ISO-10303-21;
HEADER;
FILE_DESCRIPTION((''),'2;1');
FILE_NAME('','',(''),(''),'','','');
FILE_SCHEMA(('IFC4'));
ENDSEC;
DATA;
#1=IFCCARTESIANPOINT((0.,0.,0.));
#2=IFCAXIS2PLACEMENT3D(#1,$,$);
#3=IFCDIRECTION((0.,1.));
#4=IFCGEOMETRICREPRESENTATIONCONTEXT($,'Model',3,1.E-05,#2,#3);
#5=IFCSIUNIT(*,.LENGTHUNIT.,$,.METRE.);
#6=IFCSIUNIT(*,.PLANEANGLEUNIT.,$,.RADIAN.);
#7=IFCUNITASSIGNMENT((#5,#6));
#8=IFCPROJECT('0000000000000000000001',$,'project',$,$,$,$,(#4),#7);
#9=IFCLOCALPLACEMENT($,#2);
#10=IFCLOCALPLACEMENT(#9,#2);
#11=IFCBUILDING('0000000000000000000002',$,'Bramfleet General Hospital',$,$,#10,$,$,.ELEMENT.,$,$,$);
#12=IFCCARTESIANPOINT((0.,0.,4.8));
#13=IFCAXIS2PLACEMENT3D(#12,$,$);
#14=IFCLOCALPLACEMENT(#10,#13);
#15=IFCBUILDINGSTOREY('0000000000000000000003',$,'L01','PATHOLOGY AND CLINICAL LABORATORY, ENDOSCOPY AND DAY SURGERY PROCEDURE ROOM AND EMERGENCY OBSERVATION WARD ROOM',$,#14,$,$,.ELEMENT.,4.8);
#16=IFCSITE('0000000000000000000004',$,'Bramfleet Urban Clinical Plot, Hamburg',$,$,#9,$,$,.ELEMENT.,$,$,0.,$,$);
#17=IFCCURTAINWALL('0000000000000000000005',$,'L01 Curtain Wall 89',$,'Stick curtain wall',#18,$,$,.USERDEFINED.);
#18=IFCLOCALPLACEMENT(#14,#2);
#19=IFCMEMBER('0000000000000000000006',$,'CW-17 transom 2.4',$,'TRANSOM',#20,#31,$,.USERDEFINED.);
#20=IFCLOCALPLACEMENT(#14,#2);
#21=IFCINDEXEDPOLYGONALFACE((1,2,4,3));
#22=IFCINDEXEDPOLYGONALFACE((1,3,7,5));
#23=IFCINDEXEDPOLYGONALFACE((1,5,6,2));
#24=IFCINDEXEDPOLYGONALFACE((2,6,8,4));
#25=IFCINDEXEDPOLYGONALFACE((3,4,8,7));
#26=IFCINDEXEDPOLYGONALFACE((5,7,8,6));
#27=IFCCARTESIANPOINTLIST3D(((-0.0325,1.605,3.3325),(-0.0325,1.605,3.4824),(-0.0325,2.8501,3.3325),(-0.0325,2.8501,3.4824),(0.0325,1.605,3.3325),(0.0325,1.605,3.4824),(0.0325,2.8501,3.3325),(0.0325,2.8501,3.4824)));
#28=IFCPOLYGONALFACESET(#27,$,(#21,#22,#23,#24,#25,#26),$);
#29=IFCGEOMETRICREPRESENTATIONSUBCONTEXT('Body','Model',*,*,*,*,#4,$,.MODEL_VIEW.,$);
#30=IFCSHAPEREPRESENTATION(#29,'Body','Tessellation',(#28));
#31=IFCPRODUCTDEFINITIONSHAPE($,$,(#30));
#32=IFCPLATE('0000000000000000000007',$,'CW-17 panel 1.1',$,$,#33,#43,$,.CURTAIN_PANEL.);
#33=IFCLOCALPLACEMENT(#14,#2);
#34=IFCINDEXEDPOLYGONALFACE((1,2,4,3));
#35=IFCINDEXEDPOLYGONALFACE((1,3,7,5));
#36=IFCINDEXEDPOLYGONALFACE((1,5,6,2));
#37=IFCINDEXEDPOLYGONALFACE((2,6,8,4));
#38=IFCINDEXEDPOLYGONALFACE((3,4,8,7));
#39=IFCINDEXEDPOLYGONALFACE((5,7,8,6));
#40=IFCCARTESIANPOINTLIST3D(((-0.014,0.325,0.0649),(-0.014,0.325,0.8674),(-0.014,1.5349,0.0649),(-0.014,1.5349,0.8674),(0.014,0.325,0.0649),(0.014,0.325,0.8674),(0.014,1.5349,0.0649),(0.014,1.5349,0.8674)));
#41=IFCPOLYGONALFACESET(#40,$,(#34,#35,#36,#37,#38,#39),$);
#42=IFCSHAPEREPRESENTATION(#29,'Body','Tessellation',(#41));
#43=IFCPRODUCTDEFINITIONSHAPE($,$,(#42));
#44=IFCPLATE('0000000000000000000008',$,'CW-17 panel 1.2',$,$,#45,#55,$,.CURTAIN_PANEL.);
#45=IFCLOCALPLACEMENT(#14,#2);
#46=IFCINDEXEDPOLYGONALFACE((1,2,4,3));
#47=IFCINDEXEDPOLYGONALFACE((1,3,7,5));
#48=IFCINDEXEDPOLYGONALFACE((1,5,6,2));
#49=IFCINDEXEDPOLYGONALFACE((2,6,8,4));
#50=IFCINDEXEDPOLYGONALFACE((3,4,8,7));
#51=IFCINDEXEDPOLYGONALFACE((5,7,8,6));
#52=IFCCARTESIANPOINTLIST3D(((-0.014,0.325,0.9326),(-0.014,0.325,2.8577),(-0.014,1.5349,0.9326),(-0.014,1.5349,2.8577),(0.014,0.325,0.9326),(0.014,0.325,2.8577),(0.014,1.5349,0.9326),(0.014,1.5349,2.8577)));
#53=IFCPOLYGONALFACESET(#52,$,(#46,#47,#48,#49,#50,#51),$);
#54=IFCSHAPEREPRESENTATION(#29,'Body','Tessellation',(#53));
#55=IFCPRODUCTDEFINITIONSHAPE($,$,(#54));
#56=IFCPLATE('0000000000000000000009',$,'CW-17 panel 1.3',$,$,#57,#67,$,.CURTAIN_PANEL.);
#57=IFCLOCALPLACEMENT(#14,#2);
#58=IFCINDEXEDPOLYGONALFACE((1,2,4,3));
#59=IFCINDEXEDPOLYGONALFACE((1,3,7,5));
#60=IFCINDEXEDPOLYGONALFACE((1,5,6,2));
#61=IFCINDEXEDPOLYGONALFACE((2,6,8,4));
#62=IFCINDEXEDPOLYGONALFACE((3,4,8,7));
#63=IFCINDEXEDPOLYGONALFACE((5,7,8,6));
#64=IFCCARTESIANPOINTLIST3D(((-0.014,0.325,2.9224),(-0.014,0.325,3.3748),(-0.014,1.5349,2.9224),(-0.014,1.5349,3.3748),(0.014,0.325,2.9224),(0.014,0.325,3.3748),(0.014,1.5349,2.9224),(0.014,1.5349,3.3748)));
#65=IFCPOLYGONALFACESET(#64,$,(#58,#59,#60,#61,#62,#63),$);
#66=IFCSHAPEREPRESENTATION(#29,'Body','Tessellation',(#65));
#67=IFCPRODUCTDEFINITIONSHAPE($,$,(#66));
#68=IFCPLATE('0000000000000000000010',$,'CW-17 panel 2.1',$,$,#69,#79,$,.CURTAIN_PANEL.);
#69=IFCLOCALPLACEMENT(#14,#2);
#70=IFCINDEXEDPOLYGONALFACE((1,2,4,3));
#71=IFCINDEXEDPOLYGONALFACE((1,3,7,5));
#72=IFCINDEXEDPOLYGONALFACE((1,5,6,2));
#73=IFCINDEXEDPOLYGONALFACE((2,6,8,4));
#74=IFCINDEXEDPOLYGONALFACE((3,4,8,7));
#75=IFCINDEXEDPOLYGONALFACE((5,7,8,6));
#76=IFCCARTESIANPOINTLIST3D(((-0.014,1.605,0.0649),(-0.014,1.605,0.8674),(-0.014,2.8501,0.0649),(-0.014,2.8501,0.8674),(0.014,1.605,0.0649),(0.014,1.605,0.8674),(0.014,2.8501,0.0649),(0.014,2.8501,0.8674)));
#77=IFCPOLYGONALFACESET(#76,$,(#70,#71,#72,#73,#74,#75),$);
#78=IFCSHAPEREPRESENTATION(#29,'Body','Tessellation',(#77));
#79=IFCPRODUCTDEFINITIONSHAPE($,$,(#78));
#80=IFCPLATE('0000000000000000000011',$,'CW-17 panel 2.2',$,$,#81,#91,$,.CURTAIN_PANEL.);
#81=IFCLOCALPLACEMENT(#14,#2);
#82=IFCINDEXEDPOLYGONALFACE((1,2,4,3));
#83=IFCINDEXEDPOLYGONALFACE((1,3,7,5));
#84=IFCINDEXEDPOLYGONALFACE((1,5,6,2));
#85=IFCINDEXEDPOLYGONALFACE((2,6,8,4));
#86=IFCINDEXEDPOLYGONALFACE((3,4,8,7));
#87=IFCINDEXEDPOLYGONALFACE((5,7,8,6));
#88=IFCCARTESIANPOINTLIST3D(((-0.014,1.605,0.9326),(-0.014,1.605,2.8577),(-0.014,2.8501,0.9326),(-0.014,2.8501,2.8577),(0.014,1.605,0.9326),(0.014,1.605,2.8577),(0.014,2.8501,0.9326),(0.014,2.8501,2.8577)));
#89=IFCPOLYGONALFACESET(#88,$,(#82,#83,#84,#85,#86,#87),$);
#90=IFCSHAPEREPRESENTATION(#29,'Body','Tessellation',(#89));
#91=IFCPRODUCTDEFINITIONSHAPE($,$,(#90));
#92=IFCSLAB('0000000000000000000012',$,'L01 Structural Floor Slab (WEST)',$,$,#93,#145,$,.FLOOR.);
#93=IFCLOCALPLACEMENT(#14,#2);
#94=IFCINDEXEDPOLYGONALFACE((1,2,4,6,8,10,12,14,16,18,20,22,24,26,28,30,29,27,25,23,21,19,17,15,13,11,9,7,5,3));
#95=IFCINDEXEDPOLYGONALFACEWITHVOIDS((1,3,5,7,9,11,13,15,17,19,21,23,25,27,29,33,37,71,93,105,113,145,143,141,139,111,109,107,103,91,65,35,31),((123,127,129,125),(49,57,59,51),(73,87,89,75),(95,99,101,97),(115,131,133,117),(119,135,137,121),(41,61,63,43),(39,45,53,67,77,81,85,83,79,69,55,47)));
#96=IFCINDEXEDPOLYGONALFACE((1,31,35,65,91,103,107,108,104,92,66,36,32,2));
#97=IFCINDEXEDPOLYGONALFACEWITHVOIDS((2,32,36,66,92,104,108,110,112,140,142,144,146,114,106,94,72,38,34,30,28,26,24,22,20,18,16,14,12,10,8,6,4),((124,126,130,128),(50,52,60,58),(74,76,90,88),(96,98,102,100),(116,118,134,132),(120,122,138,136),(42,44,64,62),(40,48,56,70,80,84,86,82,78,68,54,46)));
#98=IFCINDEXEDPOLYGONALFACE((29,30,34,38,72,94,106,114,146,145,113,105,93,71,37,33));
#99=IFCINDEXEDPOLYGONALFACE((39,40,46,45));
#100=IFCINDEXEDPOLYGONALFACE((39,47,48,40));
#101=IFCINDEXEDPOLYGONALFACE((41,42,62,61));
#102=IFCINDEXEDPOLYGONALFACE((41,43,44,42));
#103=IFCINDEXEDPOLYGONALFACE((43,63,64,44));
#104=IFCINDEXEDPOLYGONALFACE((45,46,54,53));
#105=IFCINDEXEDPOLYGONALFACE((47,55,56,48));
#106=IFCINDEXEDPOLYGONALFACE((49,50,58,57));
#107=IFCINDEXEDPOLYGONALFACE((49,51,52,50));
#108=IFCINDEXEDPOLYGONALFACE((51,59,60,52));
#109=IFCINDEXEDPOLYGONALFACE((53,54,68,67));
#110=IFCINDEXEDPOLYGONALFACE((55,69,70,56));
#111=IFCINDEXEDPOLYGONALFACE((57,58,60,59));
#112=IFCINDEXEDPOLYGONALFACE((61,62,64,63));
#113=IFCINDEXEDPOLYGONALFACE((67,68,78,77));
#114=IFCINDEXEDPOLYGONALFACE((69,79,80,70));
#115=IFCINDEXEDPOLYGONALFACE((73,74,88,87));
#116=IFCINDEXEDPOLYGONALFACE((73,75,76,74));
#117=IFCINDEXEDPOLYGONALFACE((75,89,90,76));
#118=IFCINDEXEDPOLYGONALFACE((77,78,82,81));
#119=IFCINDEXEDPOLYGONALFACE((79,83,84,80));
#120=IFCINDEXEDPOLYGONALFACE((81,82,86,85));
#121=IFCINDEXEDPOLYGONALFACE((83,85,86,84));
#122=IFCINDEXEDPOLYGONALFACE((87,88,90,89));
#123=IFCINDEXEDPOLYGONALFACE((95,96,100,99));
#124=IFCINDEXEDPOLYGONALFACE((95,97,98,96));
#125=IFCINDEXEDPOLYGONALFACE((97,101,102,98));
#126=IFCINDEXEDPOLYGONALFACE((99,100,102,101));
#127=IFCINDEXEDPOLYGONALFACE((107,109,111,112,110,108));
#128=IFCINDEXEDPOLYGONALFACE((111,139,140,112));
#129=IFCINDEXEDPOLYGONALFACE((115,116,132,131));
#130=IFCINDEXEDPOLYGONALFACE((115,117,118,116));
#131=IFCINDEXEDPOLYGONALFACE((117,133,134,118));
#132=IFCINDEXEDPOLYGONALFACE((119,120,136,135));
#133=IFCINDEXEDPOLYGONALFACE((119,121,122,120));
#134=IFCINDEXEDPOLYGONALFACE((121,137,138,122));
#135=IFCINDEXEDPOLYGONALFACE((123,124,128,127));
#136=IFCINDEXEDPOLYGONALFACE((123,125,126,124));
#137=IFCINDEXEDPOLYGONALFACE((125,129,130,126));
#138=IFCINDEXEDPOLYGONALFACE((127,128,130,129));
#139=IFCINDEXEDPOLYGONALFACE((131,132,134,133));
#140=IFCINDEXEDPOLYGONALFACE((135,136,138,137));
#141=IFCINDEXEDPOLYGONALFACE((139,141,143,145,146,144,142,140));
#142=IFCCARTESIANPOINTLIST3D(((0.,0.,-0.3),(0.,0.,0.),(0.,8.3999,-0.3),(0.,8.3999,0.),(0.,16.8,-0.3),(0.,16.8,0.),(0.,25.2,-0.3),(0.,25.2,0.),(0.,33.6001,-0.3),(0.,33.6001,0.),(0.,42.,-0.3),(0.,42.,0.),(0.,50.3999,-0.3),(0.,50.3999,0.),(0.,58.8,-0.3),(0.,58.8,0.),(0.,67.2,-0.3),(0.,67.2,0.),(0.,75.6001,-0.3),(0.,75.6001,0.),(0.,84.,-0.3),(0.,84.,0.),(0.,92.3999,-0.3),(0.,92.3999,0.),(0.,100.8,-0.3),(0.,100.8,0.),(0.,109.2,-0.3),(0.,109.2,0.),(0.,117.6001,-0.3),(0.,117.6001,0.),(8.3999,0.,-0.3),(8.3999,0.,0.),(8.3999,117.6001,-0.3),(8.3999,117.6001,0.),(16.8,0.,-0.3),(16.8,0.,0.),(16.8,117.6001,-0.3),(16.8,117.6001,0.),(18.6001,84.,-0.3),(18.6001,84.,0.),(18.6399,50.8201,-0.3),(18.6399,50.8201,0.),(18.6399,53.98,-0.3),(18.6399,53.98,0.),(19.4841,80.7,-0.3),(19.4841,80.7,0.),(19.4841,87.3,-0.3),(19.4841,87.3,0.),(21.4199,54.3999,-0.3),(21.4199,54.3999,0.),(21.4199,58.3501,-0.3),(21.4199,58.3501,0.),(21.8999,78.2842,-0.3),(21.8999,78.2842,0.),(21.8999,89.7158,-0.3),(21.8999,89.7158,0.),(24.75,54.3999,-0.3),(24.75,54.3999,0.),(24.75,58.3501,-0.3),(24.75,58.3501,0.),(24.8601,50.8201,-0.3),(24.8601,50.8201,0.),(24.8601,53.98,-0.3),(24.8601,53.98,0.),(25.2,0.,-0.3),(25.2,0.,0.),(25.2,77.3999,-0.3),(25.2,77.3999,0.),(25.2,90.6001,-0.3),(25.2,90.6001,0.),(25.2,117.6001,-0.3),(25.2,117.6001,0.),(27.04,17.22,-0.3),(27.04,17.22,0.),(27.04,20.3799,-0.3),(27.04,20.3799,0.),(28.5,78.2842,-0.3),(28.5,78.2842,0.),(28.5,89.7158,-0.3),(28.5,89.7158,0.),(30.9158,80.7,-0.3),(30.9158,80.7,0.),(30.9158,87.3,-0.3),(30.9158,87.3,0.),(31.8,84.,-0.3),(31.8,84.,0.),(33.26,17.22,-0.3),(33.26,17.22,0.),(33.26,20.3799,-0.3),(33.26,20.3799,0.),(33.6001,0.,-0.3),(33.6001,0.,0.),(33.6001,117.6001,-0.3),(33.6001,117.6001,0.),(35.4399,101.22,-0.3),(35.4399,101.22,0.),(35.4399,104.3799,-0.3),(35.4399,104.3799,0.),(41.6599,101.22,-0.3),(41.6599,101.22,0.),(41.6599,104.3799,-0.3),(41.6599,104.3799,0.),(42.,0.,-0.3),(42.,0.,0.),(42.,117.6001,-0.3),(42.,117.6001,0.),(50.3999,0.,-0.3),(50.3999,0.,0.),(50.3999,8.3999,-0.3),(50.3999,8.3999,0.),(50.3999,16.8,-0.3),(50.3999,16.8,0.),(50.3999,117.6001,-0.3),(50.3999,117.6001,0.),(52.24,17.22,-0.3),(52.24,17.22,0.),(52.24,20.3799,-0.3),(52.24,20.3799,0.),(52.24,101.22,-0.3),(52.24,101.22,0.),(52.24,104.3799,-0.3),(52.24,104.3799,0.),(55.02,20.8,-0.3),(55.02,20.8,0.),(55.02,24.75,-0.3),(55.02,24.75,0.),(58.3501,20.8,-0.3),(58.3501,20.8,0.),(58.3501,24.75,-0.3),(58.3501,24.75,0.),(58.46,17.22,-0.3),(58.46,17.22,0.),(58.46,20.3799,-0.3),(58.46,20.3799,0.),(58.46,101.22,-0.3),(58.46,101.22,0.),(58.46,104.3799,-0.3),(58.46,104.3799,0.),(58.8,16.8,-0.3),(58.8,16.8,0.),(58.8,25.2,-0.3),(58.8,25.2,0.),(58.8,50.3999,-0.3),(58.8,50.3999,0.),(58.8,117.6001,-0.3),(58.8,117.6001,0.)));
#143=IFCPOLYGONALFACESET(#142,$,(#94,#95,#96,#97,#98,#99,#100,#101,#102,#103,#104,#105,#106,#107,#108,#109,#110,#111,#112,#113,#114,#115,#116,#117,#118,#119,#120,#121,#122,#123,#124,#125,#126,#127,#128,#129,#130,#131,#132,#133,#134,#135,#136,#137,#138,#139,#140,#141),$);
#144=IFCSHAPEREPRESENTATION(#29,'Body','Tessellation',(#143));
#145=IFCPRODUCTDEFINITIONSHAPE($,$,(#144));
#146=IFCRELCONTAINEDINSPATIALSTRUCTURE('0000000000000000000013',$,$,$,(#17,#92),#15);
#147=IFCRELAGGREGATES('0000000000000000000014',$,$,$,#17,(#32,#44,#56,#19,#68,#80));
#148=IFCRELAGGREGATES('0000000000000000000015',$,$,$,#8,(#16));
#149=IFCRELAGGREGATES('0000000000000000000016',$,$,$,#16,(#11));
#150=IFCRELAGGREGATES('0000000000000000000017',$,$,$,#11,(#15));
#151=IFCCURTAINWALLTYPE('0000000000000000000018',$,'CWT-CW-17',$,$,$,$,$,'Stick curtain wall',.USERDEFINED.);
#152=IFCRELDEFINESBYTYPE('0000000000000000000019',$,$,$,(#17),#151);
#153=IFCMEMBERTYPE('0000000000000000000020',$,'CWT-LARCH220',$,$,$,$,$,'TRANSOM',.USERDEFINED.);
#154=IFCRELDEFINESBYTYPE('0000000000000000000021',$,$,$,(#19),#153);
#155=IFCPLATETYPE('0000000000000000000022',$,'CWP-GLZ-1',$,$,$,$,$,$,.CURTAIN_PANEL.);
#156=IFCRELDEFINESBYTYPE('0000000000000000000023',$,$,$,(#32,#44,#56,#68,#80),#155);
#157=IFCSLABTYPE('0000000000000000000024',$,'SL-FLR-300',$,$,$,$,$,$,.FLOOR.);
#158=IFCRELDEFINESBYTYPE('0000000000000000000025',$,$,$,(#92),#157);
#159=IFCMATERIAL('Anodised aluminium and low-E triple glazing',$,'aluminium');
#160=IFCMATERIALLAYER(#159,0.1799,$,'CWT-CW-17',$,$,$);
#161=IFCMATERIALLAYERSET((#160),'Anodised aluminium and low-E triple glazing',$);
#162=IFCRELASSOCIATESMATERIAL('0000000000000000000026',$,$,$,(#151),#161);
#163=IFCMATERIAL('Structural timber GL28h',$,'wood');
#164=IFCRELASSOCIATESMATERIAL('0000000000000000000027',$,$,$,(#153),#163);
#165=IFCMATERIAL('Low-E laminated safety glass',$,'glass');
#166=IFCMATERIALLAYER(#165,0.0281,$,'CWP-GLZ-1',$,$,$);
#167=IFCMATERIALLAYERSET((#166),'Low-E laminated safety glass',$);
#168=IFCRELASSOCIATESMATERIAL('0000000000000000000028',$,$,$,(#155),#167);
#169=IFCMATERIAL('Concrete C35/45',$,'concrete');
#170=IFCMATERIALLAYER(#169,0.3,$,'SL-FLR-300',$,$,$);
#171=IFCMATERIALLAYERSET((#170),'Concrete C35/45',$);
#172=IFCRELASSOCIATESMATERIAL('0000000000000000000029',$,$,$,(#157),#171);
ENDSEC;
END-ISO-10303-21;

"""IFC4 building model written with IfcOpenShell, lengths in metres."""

from ifc_helpers import new_model, si_unit, direction, frame, origin, origin_2d, place, context, subcontext, project, spatial, polyline, rectangle, outline, extrude, material, layer, layer_set, material_profile, profile_set, type_object, element, aggregate, save


model = new_model("IFC4")

# Units and contexts
model_context = context("Model", 3, precision=1e-05, world=origin(), true_north=direction((0.0, 1.0)))
body_context = subcontext(model_context, "Body", "Model", "MODEL_VIEW")
ifc_project = project(units=[si_unit("LENGTHUNIT", "METRE"), si_unit("PLANEANGLEUNIT", "RADIAN")], contexts=[model_context])

# Site, building, storey
site_placement = place(None, origin())
site = spatial("IfcSite", under=ifc_project, at=site_placement, Name="Bramfleet Urban Clinical Plot, Hamburg", CompositionType="ELEMENT", RefElevation=0.0)
building_placement = place(site_placement, origin())
building = spatial("IfcBuilding", under=site, at=building_placement, Name="Bramfleet General Hospital", CompositionType="ELEMENT")
storey_placement = place(building_placement, frame((0.0, 0.0, 4.8)))
storey = spatial("IfcBuildingStorey", under=building, at=storey_placement, Name="L01", Description="PATHOLOGY AND CLINICAL LABORATORY, ENDOSCOPY AND DAY SURGERY PROCEDURE ROOM AND EMERGENCY OBSERVATION WARD ROOM", CompositionType="ELEMENT", Elevation=4.8)

# Shared definitions
ifc_material_1 = material(Name="Concrete C35/45", Category="concrete")

# Curtain wall, member, plates
ifc_material_2 = material(Name="Anodised aluminium and low-E triple glazing", Category="aluminium")
ifc_layer_1 = layer(ifc_material_2, 0.1799, Name="CWT-CW-17")
ifc_layer_set_1 = layer_set([ifc_layer_1], Name="Anodised aluminium and low-E triple glazing")
curtain_wall_type = type_object("IfcCurtainWallType", Name="CWT-CW-17", ElementType="Stick curtain wall", PredefinedType="USERDEFINED", material=ifc_layer_set_1)
curtain_wall_placement = place(storey_placement, origin())
curtain_wall = element("IfcCurtainWall", 1, at=curtain_wall_placement, inside=storey, type_object=curtain_wall_type, Name="L01 Curtain Wall 89", ObjectType="Stick curtain wall", PredefinedType="USERDEFINED")
ifc_material_3 = material(Name="Structural timber GL28h", Category="wood")
ifc_material_profile_1 = material_profile(ifc_material_3, rectangle(XDim=0.0649, YDim=0.1499, at=origin_2d()), Name="LARCH 150x65")
ifc_profile_set_1 = profile_set([ifc_material_profile_1], Name="Structural timber GL28h")
member_type_1 = type_object("IfcMemberType", Name="CWT-LARCH220", ElementType="TRANSOM", PredefinedType="USERDEFINED", material=ifc_profile_set_1)
member_1_placement = place(storey_placement, frame((0.0, 1.605, 3.4075), z_axis=(0.0, 1.0, 0.0), x_axis=(-1.0, 0.0, 0.0)))
member_1 = element("IfcMember", 2, at=member_1_placement, type_object=member_type_1, Name="CW-17 transom 2.4", ObjectType="TRANSOM", PredefinedType="USERDEFINED", context=body_context, shape_type="SweptSolid", body=[
    extrude(rectangle(XDim=0.0649, YDim=0.1499, at=origin_2d()), origin(), (0.0, 0.0, 1.0), 1.2451),
])
ifc_material_4 = material(Name="Low-E laminated safety glass", Category="glass")
ifc_layer_2 = layer(ifc_material_4, 0.0281, Name="CWP-GLZ-1")
ifc_layer_set_2 = layer_set([ifc_layer_2], Name="Low-E laminated safety glass")
plate_type = type_object("IfcPlateType", Name="CWP-GLZ-1", PredefinedType="CURTAIN_PANEL", material=ifc_layer_set_2)
plate_1_placement = place(storey_placement, frame((0.0, 0.9299, 0.0649), z_axis=(0.0, 0.0, 1.0), x_axis=(0.0, 1.0, 0.0)))
plate_1 = element("IfcPlate", 3, at=plate_1_placement, type_object=plate_type, Name="CW-17 panel 1.1", PredefinedType="CURTAIN_PANEL", context=body_context, shape_type="SweptSolid", body=[
    extrude(rectangle(XDim=1.21, YDim=0.0281, at=origin_2d()), origin(), (0.0, 0.0, 1.0), 0.8025),
])
plate_2_placement = place(storey_placement, frame((0.0, 0.9299, 0.9326), z_axis=(0.0, 0.0, 1.0), x_axis=(0.0, 1.0, 0.0)))
plate_2 = element("IfcPlate", 4, at=plate_2_placement, type_object=plate_type, Name="CW-17 panel 1.2", PredefinedType="CURTAIN_PANEL", context=body_context, shape_type="SweptSolid", body=[
    extrude(rectangle(XDim=1.21, YDim=0.0281, at=origin_2d()), origin(), (0.0, 0.0, 1.0), 1.925),
])
plate_3_placement = place(storey_placement, frame((0.0, 0.9299, 2.9224), z_axis=(0.0, 0.0, 1.0), x_axis=(0.0, 1.0, 0.0)))
plate_3 = element("IfcPlate", 5, at=plate_3_placement, type_object=plate_type, Name="CW-17 panel 1.3", PredefinedType="CURTAIN_PANEL", context=body_context, shape_type="SweptSolid", body=[
    extrude(rectangle(XDim=1.21, YDim=0.0281, at=origin_2d()), origin(), (0.0, 0.0, 1.0), 0.4524),
])
plate_4_placement = place(storey_placement, frame((0.0, 2.2275, 0.0649), z_axis=(0.0, 0.0, 1.0), x_axis=(0.0, 1.0, 0.0)))
plate_4 = element("IfcPlate", 6, at=plate_4_placement, type_object=plate_type, Name="CW-17 panel 2.1", PredefinedType="CURTAIN_PANEL", context=body_context, shape_type="SweptSolid", body=[
    extrude(rectangle(XDim=1.2451, YDim=0.0281, at=origin_2d()), origin(), (0.0, 0.0, 1.0), 0.8025),
])
plate_5_placement = place(storey_placement, frame((0.0, 2.2275, 0.9326), z_axis=(0.0, 0.0, 1.0), x_axis=(0.0, 1.0, 0.0)))
plate_5 = element("IfcPlate", 7, at=plate_5_placement, type_object=plate_type, Name="CW-17 panel 2.2", PredefinedType="CURTAIN_PANEL", context=body_context, shape_type="SweptSolid", body=[
    extrude(rectangle(XDim=1.2451, YDim=0.0281, at=origin_2d()), origin(), (0.0, 0.0, 1.0), 1.925),
])
aggregate(curtain_wall, [plate_1, plate_2, plate_3, member_1, plate_4, plate_5])

# Slab
ifc_layer_3 = layer(ifc_material_1, 0.3, Name="SL-FLR-300")
ifc_layer_set_3 = layer_set([ifc_layer_3], Name="Concrete C35/45")
slab_type_1 = type_object("IfcSlabType", Name="SL-FLR-300", PredefinedType="FLOOR", material=ifc_layer_set_3)
slab_1_placement = place(storey_placement, frame((0.0, 0.0, -0.3)))
element("IfcSlab", 8, at=slab_1_placement, inside=storey, type_object=slab_type_1, Name="L01 Structural Floor Slab (WEST)", PredefinedType="FLOOR", context=body_context, shape_type="SweptSolid", body=[
    extrude(outline(polyline([(0.0, 67.2), (0.0, 75.6001), (0.0, 84.0), (0.0, 92.3999), (0.0, 100.8), (0.0, 109.2), (0.0, 117.6001), (8.3999, 117.6001), (16.8, 117.6001), (25.2, 117.6001), (33.6001, 117.6001), (42.0, 117.6001), (50.3999, 117.6001), (58.8, 117.6001), (58.8, 50.3999), (58.8, 25.2), (58.8, 16.8), (50.3999, 16.8), (50.3999, 8.3999), (50.3999, 0.0), (42.0, 0.0), (33.6001, 0.0), (25.2, 0.0), (16.8, 0.0), (8.3999, 0.0), (0.0, 0.0), (0.0, 8.3999), (0.0, 16.8), (0.0, 25.2), (0.0, 33.6001), (0.0, 42.0), (0.0, 50.3999), (0.0, 58.8), (0.0, 67.2)]), holes=[polyline([(19.4841, 80.7), (21.8999, 78.2842), (25.2, 77.3999), (28.5, 78.2842), (30.9158, 80.7), (31.8, 84.0), (30.9158, 87.3), (28.5, 89.7158), (25.2, 90.6001), (21.8999, 89.7158), (19.4841, 87.3), (18.6001, 84.0), (19.4841, 80.7)]), polyline([(52.24, 17.22), (58.46, 17.22), (58.46, 20.3799), (52.24, 20.3799), (52.24, 17.22)]), polyline([(55.02, 20.8), (58.3501, 20.8), (58.3501, 24.75), (55.02, 24.75), (55.02, 20.8)]), polyline([(18.6399, 50.8201), (24.8601, 50.8201), (24.8601, 53.98), (18.6399, 53.98), (18.6399, 50.8201)]), polyline([(21.4199, 54.3999), (24.75, 54.3999), (24.75, 58.3501), (21.4199, 58.3501), (21.4199, 54.3999)]), polyline([(27.04, 17.22), (33.26, 17.22), (33.26, 20.3799), (27.04, 20.3799), (27.04, 17.22)]), polyline([(35.4399, 101.22), (41.6599, 101.22), (41.6599, 104.3799), (35.4399, 104.3799), (35.4399, 101.22)]), polyline([(52.24, 101.22), (58.46, 101.22), (58.46, 104.3799), (52.24, 104.3799), (52.24, 101.22)])]), origin(), (0.0, 0.0, 1.0), 0.3),
])

save(model, "model.ifc")
